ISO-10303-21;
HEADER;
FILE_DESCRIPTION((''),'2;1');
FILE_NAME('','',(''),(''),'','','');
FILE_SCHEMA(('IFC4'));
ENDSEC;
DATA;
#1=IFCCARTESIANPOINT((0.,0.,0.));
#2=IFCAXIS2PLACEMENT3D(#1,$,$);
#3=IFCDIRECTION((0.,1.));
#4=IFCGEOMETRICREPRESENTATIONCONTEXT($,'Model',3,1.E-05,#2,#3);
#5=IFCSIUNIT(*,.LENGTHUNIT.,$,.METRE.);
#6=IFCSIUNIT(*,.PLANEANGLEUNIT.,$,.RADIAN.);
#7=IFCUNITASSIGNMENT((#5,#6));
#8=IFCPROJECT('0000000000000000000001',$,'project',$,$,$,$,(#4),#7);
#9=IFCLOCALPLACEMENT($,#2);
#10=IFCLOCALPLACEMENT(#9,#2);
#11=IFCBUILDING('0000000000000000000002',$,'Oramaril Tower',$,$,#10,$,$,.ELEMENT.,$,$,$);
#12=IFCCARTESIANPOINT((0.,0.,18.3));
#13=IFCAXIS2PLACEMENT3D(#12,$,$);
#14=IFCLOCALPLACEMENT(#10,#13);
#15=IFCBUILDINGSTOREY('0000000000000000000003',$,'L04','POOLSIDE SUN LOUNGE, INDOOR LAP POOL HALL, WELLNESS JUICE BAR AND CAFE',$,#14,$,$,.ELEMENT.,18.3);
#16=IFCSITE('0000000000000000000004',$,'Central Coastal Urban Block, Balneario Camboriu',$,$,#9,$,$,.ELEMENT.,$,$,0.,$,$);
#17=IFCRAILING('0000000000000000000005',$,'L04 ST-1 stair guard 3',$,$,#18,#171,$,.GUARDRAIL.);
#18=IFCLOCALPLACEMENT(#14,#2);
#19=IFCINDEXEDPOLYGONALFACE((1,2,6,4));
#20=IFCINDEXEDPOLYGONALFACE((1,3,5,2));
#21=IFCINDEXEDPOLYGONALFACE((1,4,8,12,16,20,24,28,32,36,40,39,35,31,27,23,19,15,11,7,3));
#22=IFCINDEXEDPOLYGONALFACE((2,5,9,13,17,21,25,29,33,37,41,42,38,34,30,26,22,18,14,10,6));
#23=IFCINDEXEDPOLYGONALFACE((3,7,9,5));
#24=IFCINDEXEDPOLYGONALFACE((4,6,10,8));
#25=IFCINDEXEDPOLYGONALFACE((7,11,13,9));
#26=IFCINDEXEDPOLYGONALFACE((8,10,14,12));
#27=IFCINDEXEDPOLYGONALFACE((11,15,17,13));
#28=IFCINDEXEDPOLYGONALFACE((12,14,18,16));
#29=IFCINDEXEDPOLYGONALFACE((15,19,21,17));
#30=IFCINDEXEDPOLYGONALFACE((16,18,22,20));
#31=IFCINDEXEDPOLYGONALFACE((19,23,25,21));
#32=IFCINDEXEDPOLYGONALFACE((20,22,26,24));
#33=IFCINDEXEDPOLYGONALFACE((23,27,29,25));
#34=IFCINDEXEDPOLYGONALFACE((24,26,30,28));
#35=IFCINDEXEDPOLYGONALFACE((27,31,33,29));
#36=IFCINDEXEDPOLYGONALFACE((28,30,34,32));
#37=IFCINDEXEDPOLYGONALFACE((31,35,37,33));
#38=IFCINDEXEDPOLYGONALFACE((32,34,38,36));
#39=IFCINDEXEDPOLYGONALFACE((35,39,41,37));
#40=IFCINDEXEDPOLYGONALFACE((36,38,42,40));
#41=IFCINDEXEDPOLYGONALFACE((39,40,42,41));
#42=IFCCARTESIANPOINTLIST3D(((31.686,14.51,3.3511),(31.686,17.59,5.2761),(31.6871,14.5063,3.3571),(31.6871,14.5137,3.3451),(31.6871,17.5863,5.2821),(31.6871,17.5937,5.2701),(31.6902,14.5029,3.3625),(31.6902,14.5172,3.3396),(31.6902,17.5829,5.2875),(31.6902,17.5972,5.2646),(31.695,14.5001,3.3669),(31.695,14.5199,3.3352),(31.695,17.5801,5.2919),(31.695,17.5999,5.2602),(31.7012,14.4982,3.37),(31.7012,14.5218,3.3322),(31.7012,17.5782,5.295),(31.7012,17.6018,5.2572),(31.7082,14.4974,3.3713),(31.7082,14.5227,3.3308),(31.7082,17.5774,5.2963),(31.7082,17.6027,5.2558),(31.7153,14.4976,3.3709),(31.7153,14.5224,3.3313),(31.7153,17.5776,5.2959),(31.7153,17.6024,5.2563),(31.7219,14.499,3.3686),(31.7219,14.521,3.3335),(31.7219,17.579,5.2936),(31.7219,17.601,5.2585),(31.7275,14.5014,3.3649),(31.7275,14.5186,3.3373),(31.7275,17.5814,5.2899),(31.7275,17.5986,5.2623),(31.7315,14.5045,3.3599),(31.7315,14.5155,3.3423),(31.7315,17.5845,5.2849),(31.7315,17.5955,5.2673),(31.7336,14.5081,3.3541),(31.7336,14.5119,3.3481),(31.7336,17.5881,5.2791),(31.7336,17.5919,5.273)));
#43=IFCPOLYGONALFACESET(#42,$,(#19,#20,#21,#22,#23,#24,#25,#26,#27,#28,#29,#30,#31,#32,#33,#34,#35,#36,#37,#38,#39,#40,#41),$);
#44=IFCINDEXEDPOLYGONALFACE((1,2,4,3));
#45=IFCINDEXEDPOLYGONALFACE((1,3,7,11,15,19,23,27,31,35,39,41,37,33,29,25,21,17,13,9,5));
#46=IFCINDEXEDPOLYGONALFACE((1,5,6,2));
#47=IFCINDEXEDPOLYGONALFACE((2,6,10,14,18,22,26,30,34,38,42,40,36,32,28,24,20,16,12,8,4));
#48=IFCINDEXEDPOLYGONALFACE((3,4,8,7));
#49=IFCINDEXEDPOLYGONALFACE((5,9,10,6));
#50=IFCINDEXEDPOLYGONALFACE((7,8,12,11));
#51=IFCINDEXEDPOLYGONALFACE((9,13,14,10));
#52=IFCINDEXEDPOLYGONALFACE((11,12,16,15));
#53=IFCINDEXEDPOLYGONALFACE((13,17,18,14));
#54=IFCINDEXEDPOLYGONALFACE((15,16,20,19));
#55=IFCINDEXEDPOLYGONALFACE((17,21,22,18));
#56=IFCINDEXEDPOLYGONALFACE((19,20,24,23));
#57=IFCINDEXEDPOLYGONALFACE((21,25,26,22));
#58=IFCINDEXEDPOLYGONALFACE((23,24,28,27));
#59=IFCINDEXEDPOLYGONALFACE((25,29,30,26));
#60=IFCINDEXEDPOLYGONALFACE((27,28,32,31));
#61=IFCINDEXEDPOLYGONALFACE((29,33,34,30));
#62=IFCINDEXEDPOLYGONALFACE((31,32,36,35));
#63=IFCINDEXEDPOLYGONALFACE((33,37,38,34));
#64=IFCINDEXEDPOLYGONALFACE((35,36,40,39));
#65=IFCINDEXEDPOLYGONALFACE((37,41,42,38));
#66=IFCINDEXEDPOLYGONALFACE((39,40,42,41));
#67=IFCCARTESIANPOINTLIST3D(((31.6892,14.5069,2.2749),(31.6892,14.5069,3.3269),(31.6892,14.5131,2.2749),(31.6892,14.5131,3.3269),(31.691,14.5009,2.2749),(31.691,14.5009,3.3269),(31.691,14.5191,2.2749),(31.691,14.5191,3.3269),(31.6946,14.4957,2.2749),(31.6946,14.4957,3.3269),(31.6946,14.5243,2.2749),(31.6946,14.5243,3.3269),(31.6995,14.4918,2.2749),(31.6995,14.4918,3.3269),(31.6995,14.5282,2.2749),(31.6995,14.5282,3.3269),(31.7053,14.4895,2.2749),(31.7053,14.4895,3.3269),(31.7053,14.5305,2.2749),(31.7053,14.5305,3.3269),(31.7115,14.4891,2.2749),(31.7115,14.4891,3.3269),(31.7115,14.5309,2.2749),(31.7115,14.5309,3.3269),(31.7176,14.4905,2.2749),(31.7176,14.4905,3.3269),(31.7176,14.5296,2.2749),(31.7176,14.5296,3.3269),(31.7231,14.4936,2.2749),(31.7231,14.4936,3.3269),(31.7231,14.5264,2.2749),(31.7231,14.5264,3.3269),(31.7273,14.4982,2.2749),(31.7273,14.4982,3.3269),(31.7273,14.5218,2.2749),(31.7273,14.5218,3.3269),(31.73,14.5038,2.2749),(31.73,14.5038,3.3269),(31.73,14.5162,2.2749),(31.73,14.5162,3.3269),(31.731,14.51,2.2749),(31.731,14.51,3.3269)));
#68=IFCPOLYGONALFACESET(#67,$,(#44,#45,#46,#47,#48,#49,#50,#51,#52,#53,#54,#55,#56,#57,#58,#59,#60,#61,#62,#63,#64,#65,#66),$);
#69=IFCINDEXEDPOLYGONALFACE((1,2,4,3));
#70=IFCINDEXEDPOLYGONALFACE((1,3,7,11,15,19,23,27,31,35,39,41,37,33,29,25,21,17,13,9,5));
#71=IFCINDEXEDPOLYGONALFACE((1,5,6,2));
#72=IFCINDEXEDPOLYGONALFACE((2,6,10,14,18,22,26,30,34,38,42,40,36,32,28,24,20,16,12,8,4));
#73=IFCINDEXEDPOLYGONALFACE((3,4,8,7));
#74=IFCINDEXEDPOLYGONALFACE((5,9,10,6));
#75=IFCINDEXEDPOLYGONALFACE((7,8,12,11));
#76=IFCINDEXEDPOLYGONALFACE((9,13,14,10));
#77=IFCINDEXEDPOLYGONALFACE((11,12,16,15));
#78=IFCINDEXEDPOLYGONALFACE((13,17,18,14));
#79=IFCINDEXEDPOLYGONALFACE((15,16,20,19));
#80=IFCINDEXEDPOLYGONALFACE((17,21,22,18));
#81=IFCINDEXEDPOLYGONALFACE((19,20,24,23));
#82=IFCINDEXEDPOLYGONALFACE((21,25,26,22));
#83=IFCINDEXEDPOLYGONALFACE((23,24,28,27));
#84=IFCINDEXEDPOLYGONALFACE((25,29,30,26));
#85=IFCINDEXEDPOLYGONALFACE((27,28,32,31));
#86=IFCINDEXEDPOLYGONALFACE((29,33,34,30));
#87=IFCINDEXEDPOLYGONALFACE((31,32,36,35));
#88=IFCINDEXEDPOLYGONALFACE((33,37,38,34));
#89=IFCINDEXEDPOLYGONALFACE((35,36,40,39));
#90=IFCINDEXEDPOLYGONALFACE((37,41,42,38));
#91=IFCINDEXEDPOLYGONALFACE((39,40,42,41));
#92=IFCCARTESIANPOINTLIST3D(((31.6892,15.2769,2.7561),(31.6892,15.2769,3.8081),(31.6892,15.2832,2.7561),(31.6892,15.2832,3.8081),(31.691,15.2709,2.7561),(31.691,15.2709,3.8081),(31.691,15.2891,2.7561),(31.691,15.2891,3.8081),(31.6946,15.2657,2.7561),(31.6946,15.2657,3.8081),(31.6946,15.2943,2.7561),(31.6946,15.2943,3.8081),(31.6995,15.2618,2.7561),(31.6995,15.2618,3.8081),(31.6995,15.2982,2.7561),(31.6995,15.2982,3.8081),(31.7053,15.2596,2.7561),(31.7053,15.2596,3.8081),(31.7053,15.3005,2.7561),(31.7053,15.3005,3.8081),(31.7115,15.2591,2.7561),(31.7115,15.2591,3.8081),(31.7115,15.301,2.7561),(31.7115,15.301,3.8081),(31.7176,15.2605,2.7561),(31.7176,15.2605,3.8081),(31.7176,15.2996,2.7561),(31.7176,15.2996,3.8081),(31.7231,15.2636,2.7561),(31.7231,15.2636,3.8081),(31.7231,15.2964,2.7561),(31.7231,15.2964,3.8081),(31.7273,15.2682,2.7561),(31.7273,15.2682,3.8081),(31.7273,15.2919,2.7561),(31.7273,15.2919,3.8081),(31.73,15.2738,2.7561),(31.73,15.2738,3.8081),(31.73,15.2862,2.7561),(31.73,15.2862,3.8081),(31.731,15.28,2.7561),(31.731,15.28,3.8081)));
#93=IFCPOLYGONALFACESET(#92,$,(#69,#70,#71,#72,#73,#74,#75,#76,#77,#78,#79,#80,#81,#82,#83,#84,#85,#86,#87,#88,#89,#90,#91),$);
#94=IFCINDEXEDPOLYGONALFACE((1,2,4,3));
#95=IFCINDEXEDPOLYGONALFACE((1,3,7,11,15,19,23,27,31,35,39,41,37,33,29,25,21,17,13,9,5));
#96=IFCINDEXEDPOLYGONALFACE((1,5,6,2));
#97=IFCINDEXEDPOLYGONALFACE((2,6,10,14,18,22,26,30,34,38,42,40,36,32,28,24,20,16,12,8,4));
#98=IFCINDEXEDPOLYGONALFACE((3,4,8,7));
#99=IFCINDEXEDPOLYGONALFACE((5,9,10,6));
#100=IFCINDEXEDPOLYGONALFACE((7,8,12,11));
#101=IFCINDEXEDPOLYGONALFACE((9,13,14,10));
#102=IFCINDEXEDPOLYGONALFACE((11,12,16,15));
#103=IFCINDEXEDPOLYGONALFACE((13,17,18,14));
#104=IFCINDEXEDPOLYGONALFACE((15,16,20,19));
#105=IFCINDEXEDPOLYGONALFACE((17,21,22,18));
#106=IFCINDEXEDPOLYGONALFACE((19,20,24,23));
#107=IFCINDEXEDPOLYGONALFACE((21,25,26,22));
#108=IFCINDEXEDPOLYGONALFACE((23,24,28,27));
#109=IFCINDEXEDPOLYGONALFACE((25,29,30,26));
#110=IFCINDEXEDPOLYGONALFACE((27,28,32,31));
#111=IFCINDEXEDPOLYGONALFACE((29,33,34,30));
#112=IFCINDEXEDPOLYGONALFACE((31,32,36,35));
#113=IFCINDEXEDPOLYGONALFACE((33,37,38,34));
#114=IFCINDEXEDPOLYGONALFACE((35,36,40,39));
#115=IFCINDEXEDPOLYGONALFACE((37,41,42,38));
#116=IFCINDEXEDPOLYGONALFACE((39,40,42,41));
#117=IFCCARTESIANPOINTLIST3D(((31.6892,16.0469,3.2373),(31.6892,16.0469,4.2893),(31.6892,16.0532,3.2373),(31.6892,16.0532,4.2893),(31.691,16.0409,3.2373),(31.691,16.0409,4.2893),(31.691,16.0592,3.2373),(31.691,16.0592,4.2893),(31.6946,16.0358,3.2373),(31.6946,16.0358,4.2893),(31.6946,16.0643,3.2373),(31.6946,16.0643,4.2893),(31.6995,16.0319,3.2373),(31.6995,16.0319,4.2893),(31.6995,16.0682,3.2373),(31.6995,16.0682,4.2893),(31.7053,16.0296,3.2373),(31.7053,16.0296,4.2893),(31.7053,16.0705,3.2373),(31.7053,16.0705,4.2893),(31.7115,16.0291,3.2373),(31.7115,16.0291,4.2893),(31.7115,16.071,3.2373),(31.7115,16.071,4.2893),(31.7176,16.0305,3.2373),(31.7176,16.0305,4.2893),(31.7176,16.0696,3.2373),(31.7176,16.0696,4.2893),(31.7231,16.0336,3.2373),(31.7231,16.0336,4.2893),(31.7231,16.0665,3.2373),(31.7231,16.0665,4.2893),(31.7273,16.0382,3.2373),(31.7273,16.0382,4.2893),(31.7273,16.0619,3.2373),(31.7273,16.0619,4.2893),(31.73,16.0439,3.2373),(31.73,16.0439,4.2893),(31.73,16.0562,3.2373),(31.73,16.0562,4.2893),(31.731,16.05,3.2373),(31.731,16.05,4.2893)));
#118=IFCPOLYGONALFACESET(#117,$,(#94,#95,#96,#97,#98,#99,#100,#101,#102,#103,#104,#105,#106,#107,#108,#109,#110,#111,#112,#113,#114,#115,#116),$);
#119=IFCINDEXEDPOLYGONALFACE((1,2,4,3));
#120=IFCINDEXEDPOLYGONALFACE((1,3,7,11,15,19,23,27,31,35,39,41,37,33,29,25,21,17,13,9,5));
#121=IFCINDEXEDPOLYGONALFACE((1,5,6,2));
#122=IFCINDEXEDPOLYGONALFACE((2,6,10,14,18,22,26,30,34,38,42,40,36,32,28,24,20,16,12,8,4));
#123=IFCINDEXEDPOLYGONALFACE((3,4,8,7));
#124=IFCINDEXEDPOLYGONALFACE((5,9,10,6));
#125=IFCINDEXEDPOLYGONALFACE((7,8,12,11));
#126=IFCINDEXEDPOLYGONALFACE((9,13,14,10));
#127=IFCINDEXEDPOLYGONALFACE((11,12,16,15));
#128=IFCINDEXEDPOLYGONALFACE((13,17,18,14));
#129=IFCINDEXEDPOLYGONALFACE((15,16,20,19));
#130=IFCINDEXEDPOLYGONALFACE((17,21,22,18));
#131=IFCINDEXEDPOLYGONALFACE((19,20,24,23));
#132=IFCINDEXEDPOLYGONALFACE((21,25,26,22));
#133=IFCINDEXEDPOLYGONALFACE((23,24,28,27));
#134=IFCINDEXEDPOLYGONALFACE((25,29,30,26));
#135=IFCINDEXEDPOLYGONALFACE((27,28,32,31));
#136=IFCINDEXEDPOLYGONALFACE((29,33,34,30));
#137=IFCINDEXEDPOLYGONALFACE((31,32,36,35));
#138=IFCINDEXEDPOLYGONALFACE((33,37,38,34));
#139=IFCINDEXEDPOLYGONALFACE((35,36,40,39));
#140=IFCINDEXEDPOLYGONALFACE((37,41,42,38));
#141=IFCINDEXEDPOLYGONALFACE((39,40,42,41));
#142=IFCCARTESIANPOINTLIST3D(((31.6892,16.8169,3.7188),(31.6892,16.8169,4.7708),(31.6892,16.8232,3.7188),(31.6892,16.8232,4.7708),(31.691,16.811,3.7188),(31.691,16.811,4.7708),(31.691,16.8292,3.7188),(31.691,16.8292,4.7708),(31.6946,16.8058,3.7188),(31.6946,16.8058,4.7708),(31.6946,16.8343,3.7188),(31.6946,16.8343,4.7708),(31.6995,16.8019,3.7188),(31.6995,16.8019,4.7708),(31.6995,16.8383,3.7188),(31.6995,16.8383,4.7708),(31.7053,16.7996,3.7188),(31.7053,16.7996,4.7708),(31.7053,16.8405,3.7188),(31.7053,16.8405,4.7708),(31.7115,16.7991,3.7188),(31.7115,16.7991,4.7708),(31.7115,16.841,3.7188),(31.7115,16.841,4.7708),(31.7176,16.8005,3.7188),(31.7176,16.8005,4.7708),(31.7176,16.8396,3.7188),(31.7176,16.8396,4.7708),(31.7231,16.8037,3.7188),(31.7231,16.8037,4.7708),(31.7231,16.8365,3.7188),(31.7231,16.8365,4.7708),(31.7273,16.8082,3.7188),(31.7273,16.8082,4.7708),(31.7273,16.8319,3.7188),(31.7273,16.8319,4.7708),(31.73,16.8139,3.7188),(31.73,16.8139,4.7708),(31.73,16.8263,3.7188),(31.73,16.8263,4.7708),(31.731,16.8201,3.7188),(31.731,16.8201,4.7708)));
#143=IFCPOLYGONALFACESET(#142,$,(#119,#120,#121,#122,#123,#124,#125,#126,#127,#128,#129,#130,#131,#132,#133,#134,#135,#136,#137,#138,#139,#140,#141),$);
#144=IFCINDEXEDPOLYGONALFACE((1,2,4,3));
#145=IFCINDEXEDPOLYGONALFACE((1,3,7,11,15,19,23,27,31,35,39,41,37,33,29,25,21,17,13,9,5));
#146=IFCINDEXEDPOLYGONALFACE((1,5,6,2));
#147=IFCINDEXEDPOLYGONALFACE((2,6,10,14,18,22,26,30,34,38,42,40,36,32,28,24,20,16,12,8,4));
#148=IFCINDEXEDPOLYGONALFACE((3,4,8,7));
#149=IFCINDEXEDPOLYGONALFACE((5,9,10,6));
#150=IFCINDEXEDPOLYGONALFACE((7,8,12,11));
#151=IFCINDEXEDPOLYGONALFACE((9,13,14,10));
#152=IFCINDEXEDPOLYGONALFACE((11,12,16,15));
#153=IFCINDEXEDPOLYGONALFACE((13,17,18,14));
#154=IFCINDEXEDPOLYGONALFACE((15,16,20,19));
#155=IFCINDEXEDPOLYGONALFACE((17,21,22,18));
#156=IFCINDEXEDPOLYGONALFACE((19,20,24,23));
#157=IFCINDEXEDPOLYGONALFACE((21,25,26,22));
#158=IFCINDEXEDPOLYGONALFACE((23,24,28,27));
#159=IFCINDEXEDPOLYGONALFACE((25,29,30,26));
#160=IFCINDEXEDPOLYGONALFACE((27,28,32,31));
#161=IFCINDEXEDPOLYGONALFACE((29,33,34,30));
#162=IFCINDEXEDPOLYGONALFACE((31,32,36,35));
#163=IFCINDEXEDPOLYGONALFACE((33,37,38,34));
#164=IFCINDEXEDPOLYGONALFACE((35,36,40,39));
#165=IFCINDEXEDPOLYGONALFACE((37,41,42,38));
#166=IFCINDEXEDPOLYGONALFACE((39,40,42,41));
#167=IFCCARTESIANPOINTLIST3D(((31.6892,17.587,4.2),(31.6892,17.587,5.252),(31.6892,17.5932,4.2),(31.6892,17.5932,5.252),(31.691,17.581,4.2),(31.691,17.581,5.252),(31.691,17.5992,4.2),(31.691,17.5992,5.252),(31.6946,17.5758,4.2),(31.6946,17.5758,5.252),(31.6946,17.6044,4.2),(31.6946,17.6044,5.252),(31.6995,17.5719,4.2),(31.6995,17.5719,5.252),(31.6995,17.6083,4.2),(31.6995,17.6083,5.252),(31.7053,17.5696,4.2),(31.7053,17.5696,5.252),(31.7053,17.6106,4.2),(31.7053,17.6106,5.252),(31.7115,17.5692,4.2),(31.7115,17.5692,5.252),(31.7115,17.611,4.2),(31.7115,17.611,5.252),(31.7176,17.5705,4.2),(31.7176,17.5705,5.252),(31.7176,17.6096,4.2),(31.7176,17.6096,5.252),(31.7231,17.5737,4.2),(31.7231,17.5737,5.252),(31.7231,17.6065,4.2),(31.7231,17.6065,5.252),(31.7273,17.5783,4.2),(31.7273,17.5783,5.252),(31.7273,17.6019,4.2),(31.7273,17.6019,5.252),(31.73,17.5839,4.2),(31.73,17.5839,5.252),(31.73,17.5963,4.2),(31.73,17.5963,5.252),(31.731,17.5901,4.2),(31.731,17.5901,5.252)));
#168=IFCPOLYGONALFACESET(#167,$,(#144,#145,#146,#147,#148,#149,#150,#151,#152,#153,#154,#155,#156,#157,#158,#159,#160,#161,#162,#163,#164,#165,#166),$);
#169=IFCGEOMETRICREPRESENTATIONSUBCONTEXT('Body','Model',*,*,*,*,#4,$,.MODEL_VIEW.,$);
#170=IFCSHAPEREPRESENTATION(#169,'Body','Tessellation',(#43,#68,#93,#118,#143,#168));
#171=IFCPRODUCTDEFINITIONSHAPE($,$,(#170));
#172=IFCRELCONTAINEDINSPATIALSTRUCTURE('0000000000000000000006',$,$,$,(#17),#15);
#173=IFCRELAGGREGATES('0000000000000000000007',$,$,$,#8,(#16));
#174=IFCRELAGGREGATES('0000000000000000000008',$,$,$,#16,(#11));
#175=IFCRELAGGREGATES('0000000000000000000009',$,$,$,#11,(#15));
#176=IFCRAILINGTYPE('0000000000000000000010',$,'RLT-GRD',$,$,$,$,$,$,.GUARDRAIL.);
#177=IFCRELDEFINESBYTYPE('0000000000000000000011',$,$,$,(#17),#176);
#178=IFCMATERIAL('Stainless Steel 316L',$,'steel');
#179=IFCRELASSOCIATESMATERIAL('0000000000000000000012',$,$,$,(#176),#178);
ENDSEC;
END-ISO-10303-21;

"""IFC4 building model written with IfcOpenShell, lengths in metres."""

from ifc_helpers import new_model, si_unit, direction, frame, origin, origin_2d, place, context, subcontext, project, spatial, circle, extrude, material, type_object, element, save


model = new_model("IFC4")

# Units and contexts
model_context = context("Model", 3, precision=1e-05, world=origin(), true_north=direction((0.0, 1.0)))
body_context = subcontext(model_context, "Body", "Model", "MODEL_VIEW")
ifc_project = project(units=[si_unit("LENGTHUNIT", "METRE"), si_unit("PLANEANGLEUNIT", "RADIAN")], contexts=[model_context])

# Site, building, storey
site_placement = place(None, origin())
site = spatial("IfcSite", under=ifc_project, at=site_placement, Name="Central Coastal Urban Block, Balneario Camboriu", CompositionType="ELEMENT", RefElevation=0.0)
building_placement = place(site_placement, origin())
building = spatial("IfcBuilding", under=site, at=building_placement, Name="Oramaril Tower", CompositionType="ELEMENT")
storey_placement = place(building_placement, frame((0.0, 0.0, 18.3)))
storey = spatial("IfcBuildingStorey", under=building, at=storey_placement, Name="L04", Description="POOLSIDE SUN LOUNGE, INDOOR LAP POOL HALL, WELLNESS JUICE BAR AND CAFE", CompositionType="ELEMENT", Elevation=18.3)

# Railing
ifc_material_1 = material(Name="Stainless Steel 316L", Category="steel")
railing_type_1 = type_object("IfcRailingType", Name="RLT-GRD", PredefinedType="GUARDRAIL", material=ifc_material_1)
railing_1_placement = place(storey_placement, frame((31.71, 14.51, 2.2749)))
element("IfcRailing", 1, at=railing_1_placement, inside=storey, type_object=railing_type_1, Name="L04 ST-1 stair guard 3", PredefinedType="GUARDRAIL", context=body_context, shape_type="SweptSolid", body=[
    extrude(circle(Radius=0.0239, at=origin_2d()), frame((0.0, 0.0, 1.0762), z_axis=(0.0, 0.847998, 0.529999), x_axis=(-1.0, 0.0, 0.0)), (0.0, 0.0, 1.0), 3.6321),
    extrude(circle(Radius=0.021, at=origin_2d()), origin(), (0.0, 0.0, 1.0), 1.052),
    extrude(circle(Radius=0.021, at=origin_2d()), frame((0.0, 0.77, 0.4812)), (0.0, 0.0, 1.0), 1.052),
    extrude(circle(Radius=0.021, at=origin_2d()), frame((0.0, 1.54, 0.9624)), (0.0, 0.0, 1.0), 1.052),
    extrude(circle(Radius=0.021, at=origin_2d()), frame((0.0, 2.3101, 1.4438)), (0.0, 0.0, 1.0), 1.052),
    extrude(circle(Radius=0.021, at=origin_2d()), frame((0.0, 3.0801, 1.925)), (0.0, 0.0, 1.0), 1.052),
])

save(model, "model.ifc")
